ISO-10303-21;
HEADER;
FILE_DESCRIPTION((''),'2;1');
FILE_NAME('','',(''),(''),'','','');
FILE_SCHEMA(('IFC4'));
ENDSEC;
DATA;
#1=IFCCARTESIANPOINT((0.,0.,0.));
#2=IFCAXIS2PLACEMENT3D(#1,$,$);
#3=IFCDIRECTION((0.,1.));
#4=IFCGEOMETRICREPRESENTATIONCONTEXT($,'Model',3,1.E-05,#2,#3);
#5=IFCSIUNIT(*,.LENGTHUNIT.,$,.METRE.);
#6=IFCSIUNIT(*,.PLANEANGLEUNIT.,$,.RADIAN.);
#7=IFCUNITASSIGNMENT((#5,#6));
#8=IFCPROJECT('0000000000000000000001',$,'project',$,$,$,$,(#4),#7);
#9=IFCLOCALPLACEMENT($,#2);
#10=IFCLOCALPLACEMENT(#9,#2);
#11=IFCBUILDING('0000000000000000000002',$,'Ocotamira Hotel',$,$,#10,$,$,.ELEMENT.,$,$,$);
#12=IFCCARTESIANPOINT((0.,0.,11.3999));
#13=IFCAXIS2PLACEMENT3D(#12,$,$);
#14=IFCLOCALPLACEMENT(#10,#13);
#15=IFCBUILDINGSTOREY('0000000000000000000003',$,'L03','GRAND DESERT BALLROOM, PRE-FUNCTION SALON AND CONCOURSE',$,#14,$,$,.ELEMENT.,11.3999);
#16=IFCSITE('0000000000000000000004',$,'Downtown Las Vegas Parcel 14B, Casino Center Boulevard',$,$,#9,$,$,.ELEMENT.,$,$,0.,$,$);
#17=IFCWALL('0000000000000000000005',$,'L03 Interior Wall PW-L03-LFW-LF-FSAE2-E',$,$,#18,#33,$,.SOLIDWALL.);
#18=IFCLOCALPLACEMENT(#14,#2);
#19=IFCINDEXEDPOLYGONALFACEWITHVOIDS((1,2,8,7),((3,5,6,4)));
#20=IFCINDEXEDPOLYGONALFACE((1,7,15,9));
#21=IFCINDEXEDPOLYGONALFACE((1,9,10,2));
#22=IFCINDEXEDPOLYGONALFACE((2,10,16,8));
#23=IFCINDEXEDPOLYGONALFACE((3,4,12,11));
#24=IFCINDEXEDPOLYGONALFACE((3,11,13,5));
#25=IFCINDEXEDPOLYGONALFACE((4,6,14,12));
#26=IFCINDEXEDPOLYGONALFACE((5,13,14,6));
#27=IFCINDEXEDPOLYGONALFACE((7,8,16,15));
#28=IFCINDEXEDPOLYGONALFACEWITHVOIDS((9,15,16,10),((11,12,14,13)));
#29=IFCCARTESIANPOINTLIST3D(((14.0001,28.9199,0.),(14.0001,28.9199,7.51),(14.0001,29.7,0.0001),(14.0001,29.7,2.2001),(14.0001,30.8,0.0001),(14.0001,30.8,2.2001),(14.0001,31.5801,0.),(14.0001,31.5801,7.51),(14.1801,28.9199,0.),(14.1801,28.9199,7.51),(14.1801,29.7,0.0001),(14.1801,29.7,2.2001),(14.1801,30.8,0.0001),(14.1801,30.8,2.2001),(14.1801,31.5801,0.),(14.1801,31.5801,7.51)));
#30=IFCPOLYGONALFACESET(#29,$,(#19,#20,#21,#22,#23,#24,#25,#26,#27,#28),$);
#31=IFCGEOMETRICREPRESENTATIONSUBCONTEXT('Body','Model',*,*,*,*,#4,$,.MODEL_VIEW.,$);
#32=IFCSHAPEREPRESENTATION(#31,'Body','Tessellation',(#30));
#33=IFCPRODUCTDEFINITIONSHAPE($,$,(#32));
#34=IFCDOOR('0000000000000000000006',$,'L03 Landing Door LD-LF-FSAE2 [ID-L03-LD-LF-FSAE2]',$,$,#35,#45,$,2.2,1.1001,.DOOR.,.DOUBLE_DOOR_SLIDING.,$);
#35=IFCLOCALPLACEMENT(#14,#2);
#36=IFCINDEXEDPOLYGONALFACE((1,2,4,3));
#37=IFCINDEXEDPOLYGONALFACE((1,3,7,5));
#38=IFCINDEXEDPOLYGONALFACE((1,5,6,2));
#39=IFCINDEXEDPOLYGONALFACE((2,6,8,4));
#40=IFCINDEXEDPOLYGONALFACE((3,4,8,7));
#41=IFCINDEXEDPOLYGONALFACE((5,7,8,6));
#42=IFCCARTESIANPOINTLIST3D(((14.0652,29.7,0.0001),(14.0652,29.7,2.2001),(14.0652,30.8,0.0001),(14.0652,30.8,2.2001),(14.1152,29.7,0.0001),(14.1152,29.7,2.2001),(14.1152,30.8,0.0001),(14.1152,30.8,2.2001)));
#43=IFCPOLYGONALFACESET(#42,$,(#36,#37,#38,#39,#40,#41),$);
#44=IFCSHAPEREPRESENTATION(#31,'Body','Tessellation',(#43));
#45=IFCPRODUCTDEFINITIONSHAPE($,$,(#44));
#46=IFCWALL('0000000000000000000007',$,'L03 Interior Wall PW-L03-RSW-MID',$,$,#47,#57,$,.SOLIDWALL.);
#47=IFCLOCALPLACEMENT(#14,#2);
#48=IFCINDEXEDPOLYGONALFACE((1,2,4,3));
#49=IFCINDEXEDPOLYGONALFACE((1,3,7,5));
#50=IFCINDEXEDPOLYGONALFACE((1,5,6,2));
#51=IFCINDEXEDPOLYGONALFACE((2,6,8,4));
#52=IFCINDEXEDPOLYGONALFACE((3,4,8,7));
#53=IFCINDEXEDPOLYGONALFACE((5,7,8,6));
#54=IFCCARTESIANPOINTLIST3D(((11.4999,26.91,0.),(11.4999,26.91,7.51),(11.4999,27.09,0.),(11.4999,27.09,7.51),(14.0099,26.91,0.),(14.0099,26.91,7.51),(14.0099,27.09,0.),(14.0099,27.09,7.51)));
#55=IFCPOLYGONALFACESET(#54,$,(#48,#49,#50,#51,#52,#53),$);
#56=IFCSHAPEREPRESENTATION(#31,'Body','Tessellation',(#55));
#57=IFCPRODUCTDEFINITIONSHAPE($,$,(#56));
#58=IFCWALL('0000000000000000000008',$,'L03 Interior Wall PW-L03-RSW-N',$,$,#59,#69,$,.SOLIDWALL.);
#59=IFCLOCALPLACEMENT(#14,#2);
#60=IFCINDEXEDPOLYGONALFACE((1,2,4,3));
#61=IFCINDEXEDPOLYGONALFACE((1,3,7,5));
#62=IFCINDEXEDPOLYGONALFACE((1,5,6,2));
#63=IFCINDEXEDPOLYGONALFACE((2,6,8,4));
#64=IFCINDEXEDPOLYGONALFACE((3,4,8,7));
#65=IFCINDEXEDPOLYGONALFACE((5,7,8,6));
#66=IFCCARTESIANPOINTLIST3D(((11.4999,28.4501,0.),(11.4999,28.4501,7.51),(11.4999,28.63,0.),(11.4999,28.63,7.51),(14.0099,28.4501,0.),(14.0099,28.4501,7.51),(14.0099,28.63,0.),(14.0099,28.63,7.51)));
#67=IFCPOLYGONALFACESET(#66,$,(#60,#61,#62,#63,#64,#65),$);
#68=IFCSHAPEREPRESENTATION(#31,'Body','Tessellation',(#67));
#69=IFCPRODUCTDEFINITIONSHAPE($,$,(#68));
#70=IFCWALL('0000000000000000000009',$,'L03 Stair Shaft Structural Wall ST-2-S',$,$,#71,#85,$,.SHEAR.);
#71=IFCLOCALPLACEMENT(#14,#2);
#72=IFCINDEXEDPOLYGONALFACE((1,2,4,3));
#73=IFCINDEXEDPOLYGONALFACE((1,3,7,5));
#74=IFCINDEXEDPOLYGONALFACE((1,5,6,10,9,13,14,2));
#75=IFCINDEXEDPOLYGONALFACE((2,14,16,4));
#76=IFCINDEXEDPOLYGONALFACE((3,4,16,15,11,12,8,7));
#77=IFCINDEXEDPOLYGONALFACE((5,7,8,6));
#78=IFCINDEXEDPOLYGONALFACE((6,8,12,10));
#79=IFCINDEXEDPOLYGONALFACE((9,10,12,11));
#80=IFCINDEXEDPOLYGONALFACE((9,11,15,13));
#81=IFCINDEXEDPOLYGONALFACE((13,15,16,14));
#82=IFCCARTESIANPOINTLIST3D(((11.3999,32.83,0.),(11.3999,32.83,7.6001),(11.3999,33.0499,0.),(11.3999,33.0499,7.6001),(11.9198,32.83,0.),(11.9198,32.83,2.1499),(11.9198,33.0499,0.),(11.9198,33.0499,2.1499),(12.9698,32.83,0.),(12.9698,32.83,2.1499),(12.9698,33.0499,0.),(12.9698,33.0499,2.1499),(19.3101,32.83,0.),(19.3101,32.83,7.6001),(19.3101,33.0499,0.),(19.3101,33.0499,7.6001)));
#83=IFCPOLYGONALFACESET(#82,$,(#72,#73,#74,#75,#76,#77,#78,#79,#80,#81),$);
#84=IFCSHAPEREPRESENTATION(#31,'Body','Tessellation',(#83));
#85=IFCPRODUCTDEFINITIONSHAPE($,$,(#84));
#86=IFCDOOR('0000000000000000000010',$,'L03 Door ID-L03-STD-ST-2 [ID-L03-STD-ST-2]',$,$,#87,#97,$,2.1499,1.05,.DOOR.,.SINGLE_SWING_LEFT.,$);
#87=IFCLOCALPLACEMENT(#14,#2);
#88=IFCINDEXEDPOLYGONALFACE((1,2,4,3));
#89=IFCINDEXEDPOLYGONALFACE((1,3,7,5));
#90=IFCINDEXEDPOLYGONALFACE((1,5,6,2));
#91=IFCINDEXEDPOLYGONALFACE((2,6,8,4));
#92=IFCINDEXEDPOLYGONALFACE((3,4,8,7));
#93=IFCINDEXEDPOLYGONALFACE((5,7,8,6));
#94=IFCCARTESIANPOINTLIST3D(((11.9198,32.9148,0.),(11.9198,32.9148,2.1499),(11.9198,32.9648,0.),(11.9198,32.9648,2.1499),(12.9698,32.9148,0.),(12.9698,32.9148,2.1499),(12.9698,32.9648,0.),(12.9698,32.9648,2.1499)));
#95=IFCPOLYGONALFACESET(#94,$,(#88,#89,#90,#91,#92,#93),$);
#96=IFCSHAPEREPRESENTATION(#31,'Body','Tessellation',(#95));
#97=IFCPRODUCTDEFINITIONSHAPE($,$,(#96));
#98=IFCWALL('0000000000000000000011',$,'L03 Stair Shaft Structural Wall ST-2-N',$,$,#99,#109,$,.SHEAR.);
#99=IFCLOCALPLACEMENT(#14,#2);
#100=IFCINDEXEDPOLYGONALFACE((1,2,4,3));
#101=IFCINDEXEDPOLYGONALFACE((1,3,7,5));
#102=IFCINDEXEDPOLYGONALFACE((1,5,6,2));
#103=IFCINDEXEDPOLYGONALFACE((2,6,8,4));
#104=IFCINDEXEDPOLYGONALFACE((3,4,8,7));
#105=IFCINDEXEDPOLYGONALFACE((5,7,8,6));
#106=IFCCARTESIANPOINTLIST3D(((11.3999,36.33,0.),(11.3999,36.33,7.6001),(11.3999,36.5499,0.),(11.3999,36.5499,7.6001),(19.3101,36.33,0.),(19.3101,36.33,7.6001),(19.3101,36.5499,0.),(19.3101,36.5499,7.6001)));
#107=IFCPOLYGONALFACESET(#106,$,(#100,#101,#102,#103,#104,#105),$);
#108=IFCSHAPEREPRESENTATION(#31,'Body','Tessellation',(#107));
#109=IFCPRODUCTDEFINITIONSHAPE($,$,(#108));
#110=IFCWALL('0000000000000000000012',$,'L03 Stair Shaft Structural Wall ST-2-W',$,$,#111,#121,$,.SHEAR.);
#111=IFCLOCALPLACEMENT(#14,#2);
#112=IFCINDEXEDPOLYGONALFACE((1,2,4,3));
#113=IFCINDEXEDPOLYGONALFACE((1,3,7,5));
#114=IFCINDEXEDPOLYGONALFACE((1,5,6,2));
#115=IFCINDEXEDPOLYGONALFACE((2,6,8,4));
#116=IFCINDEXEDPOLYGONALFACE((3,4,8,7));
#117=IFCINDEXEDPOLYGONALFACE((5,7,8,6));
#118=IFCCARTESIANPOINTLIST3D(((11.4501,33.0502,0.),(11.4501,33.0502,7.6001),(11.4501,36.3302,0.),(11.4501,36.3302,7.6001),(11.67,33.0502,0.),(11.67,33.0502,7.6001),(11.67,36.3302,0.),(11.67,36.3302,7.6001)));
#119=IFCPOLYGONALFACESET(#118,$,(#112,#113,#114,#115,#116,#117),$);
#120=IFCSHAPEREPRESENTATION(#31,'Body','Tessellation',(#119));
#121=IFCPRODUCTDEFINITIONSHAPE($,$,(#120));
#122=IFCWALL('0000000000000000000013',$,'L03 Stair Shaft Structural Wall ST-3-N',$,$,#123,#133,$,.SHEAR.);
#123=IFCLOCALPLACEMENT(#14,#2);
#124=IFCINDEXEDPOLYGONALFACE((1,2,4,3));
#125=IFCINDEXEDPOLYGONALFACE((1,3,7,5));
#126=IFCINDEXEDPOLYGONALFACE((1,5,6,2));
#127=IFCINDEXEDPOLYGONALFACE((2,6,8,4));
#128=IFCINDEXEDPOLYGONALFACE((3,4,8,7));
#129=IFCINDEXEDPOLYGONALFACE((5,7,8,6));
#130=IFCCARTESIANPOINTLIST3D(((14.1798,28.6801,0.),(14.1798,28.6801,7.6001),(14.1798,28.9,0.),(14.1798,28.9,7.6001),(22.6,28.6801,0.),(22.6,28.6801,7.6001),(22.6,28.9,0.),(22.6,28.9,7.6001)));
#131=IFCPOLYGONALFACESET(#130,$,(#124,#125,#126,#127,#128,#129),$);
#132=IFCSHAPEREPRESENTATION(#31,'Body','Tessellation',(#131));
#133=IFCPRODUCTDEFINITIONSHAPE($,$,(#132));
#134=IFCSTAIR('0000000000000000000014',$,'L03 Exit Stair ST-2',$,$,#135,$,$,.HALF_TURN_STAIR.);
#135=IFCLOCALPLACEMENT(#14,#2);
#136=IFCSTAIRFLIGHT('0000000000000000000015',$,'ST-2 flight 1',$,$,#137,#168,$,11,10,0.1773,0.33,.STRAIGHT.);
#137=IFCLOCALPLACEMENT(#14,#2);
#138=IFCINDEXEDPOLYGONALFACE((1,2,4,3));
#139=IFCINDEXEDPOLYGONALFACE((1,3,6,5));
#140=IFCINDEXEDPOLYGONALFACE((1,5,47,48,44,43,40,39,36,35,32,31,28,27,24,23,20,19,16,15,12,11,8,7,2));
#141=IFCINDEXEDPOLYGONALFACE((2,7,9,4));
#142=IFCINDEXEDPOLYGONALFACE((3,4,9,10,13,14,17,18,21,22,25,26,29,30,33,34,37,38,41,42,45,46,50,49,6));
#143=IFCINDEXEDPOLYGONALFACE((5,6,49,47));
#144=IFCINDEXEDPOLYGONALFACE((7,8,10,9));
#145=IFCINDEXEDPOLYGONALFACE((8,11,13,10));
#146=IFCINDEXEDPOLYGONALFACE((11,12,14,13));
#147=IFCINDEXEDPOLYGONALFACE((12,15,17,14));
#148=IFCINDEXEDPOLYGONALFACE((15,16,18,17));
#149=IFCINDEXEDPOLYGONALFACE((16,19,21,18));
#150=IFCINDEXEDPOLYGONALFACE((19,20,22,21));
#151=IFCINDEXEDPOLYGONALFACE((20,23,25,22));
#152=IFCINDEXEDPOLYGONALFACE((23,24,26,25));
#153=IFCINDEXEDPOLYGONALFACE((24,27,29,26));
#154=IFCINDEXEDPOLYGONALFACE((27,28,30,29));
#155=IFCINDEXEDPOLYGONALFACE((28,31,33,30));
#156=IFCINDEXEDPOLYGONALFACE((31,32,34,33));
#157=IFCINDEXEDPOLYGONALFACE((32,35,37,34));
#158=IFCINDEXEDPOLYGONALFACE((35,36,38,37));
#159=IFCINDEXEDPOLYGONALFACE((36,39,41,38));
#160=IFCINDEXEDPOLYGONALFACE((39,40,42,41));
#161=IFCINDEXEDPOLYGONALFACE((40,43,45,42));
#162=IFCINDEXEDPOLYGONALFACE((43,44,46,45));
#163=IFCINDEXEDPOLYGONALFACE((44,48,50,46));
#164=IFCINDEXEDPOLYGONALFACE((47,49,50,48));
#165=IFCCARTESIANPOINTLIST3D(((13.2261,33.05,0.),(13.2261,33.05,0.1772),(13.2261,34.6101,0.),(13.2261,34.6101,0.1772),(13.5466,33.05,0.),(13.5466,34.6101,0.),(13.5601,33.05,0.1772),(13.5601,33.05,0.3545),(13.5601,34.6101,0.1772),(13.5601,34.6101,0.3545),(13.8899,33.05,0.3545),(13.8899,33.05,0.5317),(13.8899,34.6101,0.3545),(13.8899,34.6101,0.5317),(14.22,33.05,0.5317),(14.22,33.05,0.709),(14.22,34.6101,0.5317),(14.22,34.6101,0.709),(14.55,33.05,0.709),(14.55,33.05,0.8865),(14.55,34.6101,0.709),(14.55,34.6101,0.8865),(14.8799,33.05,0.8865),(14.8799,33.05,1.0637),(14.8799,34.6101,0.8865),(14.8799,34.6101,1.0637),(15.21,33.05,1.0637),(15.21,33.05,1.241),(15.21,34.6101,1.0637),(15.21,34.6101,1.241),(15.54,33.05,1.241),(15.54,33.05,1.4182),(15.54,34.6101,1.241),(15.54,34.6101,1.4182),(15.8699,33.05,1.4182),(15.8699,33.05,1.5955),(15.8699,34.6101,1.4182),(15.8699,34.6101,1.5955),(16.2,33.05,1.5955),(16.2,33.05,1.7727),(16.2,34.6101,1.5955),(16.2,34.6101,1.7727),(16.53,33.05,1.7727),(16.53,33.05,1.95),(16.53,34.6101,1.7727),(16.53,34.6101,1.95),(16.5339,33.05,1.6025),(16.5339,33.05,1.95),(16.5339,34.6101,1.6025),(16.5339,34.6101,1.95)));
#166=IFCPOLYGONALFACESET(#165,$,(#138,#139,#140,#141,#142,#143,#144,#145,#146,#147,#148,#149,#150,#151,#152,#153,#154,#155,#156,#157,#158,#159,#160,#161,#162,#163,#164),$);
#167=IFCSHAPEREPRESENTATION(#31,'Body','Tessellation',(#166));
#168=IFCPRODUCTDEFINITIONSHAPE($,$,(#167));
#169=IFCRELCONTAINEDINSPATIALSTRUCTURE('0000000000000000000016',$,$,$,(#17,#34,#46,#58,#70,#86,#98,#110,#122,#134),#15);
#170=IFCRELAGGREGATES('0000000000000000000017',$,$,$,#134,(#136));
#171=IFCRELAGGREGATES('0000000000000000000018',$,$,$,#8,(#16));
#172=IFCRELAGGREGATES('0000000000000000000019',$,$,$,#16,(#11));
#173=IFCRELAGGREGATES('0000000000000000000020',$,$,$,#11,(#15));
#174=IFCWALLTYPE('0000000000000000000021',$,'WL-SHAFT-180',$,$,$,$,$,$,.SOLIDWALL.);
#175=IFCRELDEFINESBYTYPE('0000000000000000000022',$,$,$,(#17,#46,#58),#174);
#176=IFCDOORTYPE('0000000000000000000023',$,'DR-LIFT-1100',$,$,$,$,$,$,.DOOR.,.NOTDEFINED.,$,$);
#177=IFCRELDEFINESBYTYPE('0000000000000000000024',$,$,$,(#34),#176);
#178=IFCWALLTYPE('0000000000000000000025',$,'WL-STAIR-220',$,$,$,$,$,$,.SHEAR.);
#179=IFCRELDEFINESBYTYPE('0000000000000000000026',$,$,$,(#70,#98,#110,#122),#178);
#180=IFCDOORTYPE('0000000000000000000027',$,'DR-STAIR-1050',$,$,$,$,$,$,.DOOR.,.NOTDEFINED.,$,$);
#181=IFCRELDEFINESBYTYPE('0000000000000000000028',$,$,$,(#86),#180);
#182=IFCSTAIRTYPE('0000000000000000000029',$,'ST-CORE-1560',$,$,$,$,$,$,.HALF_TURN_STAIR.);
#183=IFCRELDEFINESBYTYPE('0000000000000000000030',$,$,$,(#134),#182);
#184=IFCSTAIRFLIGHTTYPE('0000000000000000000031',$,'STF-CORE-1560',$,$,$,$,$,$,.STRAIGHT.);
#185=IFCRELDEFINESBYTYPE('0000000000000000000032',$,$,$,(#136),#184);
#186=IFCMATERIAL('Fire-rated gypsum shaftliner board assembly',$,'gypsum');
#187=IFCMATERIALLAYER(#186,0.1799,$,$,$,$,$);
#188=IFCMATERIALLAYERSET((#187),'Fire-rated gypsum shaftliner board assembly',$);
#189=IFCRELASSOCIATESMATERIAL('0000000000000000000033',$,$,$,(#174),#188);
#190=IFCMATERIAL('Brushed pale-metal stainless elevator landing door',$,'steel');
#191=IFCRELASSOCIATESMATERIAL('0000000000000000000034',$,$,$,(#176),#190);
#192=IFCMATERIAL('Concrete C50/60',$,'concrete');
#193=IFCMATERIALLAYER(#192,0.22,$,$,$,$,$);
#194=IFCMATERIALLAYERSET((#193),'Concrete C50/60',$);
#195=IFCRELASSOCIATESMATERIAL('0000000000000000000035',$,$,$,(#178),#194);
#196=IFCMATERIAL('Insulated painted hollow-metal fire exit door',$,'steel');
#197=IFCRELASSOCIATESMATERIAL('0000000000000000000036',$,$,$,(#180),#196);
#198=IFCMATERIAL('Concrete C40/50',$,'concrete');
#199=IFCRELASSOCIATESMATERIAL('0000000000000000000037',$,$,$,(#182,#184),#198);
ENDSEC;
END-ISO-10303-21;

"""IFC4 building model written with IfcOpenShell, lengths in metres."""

from ifc_helpers import new_model, si_unit, direction, frame, frame_2d, origin, place, context, subcontext, project, spatial, polyline, rectangle, outline, extrude, source, transform, mapped, material, layer, layer_set, type_object, element, fill, aggregate, save


model = new_model("IFC4")

# Units and contexts
model_context = context("Model", 3, precision=1e-05, world=origin(), true_north=direction((0.0, 1.0)))
body_context = subcontext(model_context, "Body", "Model", "MODEL_VIEW")
ifc_project = project(units=[si_unit("LENGTHUNIT", "METRE"), si_unit("PLANEANGLEUNIT", "RADIAN")], contexts=[model_context])

# Site, building, storey
site_placement = place(None, origin())
site = spatial("IfcSite", under=ifc_project, at=site_placement, Name="Downtown Las Vegas Parcel 14B, Casino Center Boulevard", CompositionType="ELEMENT", RefElevation=0.0)
building_placement = place(site_placement, origin())
building = spatial("IfcBuilding", under=site, at=building_placement, Name="Ocotamira Hotel", CompositionType="ELEMENT")
storey_placement = place(building_placement, frame((0.0, 0.0, 11.3999)))
storey = spatial("IfcBuildingStorey", under=building, at=storey_placement, Name="L03", Description="GRAND DESERT BALLROOM, PRE-FUNCTION SALON AND CONCOURSE", CompositionType="ELEMENT", Elevation=11.3999)

# Shared definitions
ifc_material_1 = material(Name="Concrete C50/60", Category="concrete")

# Shared definitions
ifc_material_2 = material(Name="Fire-rated gypsum shaftliner board assembly", Category="gypsum")
ifc_layer_1 = layer(ifc_material_2, 0.1799)
ifc_layer_set_1 = layer_set([ifc_layer_1], Name="Fire-rated gypsum shaftliner board assembly")
wall_type_1 = type_object("IfcWallType", Name="WL-SHAFT-180", PredefinedType="SOLIDWALL", material=ifc_layer_set_1)

# Wall, opening, door
wall_1_placement = place(storey_placement, frame((14.0901, 28.9199, 0.0), z_axis=(0.0, 0.0, 1.0), x_axis=(0.0, 1.0, 0.0)))
wall_1 = element("IfcWall", 1, at=wall_1_placement, inside=storey, type_object=wall_type_1, Name="L03 Interior Wall PW-L03-LFW-LF-FSAE2-E", PredefinedType="SOLIDWALL", context=body_context, shape_type="SweptSolid", body=[
    extrude(rectangle(XDim=2.6602, YDim=0.1799, at=frame_2d((1.3301, 0.0))), origin(), (0.0, 0.0, 1.0), 7.51),
])
opening_1_placement = place(wall_1_placement, frame((0.78, 0.0, 0.0)))
opening_1 = element("IfcOpeningElement", 2, at=opening_1_placement, cuts=wall_1, PredefinedType="OPENING", context=body_context, shape_type="SweptSolid", body=[
    extrude(rectangle(XDim=1.1001, YDim=2.2, at=frame_2d((0.55, 1.1001))), frame((0.0, 0.1001, 0.0), z_axis=(0.0, -1.0, 0.0), x_axis=(1.0, 0.0, 0.0)), (0.0, 0.0, 1.0), 0.2),
])
ifc_material_3 = material(Name="Brushed pale-metal stainless elevator landing door", Category="steel")
door_type_1 = type_object("IfcDoorType", Name="DR-LIFT-1100", OperationType="NOTDEFINED", PredefinedType="DOOR", material=ifc_material_3)
shared_shape_1 = source(origin(), body_context, "Body", "SweptSolid", [
    extrude(rectangle(XDim=1.1001, YDim=2.2, at=frame_2d((0.55, 1.1001))), frame((0.0, 0.0249, 0.0), z_axis=(0.0, -1.0, 0.0), x_axis=(1.0, 0.0, 0.0)), (0.0, 0.0, 1.0), 0.05),
])
door_1_placement = place(opening_1_placement, origin())
door_1 = element("IfcDoor", 3, at=door_1_placement, inside=storey, type_object=door_type_1, Name="L03 Landing Door LD-LF-FSAE2 [ID-L03-LD-LF-FSAE2]", OperationType="DOUBLE_DOOR_SLIDING", OverallHeight=2.2, OverallWidth=1.1001, PredefinedType="DOOR", context=body_context, shape_type="MappedRepresentation", body=[
    mapped(shared_shape_1, transform((0.0, 0.0, 0.0), scale=1.0)),
])
fill(opening_1, door_1)

# Walls
for number, where, z_axis, x_axis, name in (
    (4, (11.5, 27.0, 0.0), (0.0, 0.0, 1.0), (1.0, 0.0, 0.0), "L03 Interior Wall PW-L03-RSW-MID"),
    (5, (11.5, 28.54, 0.0), (0.0, 0.0, 1.0), (1.0, 0.0, 0.0), "L03 Interior Wall PW-L03-RSW-N"),
):
    element("IfcWall", number, at=place(storey_placement, frame(where, z_axis=z_axis, x_axis=x_axis)), inside=storey, type_object=wall_type_1, Name=name, PredefinedType="SOLIDWALL", context=body_context, shape_type="SweptSolid", body=[
        extrude(rectangle(XDim=2.51, YDim=0.1799, at=frame_2d((1.2549, 0.0))), origin(), (0.0, 0.0, 1.0), 7.51),
    ])

# Wall, opening, door
ifc_layer_2 = layer(ifc_material_1, 0.22)
ifc_layer_set_2 = layer_set([ifc_layer_2], Name="Concrete C50/60")
wall_type_2 = type_object("IfcWallType", Name="WL-STAIR-220", PredefinedType="SHEAR", material=ifc_layer_set_2)
wall_2_placement = place(storey_placement, frame((11.3999, 32.9399, 0.0), z_axis=(0.0, 0.0, 1.0), x_axis=(1.0, 0.0, 0.0)))
wall_2 = element("IfcWall", 6, at=wall_2_placement, inside=storey, type_object=wall_type_2, Name="L03 Stair Shaft Structural Wall ST-2-S", PredefinedType="SHEAR", context=body_context, shape_type="SweptSolid", body=[
    extrude(rectangle(XDim=7.9102, YDim=0.22, at=frame_2d((3.9551, 0.0))), origin(), (0.0, 0.0, 1.0), 7.6001),
])
opening_2_placement = place(wall_2_placement, frame((0.52, 0.0, 0.0)))
opening_2 = element("IfcOpeningElement", 7, at=opening_2_placement, cuts=wall_2, PredefinedType="OPENING", context=body_context, shape_type="SweptSolid", body=[
    extrude(rectangle(XDim=1.05, YDim=2.1499, at=frame_2d((0.5249, 1.075))), frame((0.0, 0.1201, 0.0), z_axis=(0.0, -1.0, 0.0), x_axis=(1.0, 0.0, 0.0)), (0.0, 0.0, 1.0), 0.24),
])
ifc_material_4 = material(Name="Insulated painted hollow-metal fire exit door", Category="steel")
door_type_2 = type_object("IfcDoorType", Name="DR-STAIR-1050", OperationType="NOTDEFINED", PredefinedType="DOOR", material=ifc_material_4)
shared_shape_2 = source(origin(), body_context, "Body", "SweptSolid", [
    extrude(rectangle(XDim=1.05, YDim=2.1499, at=frame_2d((0.5249, 1.075))), frame((0.0, 0.0249, 0.0), z_axis=(0.0, -1.0, 0.0), x_axis=(1.0, 0.0, 0.0)), (0.0, 0.0, 1.0), 0.05),
])
door_2_placement = place(opening_2_placement, origin())
door_2 = element("IfcDoor", 8, at=door_2_placement, inside=storey, type_object=door_type_2, Name="L03 Door ID-L03-STD-ST-2 [ID-L03-STD-ST-2]", OperationType="SINGLE_SWING_LEFT", OverallHeight=2.1499, OverallWidth=1.05, PredefinedType="DOOR", context=body_context, shape_type="MappedRepresentation", body=[
    mapped(shared_shape_2, transform((0.0, 0.0, 0.0), scale=1.0)),
])
fill(opening_2, door_2)

# Walls
wall_3_placement = place(storey_placement, frame((11.3999, 36.4399, 0.0), z_axis=(0.0, 0.0, 1.0), x_axis=(1.0, 0.0, 0.0)))
element("IfcWall", 9, at=wall_3_placement, inside=storey, type_object=wall_type_2, Name="L03 Stair Shaft Structural Wall ST-2-N", PredefinedType="SHEAR", context=body_context, shape_type="SweptSolid", body=[
    extrude(rectangle(XDim=7.9102, YDim=0.22, at=frame_2d((3.9551, 0.0))), origin(), (0.0, 0.0, 1.0), 7.6001),
])
wall_4_placement = place(storey_placement, frame((11.5601, 33.05, 0.0), z_axis=(0.0, 0.0, 1.0), x_axis=(0.0, 1.0, 0.0)))
element("IfcWall", 10, at=wall_4_placement, inside=storey, type_object=wall_type_2, Name="L03 Stair Shaft Structural Wall ST-2-W", PredefinedType="SHEAR", context=body_context, shape_type="SweptSolid", body=[
    extrude(rectangle(XDim=3.28, YDim=0.22, at=frame_2d((1.6401, 0.0))), origin(), (0.0, 0.0, 1.0), 7.6001),
])
wall_5_placement = place(storey_placement, frame((14.1799, 28.79, 0.0), z_axis=(0.0, 0.0, 1.0), x_axis=(1.0, 0.0, 0.0)))
element("IfcWall", 11, at=wall_5_placement, inside=storey, type_object=wall_type_2, Name="L03 Stair Shaft Structural Wall ST-3-N", PredefinedType="SHEAR", context=body_context, shape_type="SweptSolid", body=[
    extrude(rectangle(XDim=8.4202, YDim=0.22, at=frame_2d((4.21, 0.0))), origin(), (0.0, 0.0, 1.0), 7.6001),
])

# Stair, stair flight
ifc_material_5 = material(Name="Concrete C40/50", Category="concrete")
stair_type = type_object("IfcStairType", Name="ST-CORE-1560", PredefinedType="HALF_TURN_STAIR", material=ifc_material_5)
stair_1_placement = place(storey_placement, origin())
stair_1 = element("IfcStair", 12, at=stair_1_placement, inside=storey, type_object=stair_type, Name="L03 Exit Stair ST-2", PredefinedType="HALF_TURN_STAIR")
stair_flight_type = type_object("IfcStairFlightType", Name="STF-CORE-1560", PredefinedType="STRAIGHT", material=ifc_material_5)
shared_shape_3 = source(origin(), body_context, "Body", "SweptSolid", [
    extrude(outline(polyline([(-0.0039, 0.0), (-0.0039, 0.1772), (0.3301, 0.1772), (0.3301, 0.3545), (0.6599, 0.3545), (0.6599, 0.5317), (0.99, 0.5317), (0.99, 0.709), (1.3201, 0.709), (1.3201, 0.8865), (1.6499, 0.8865), (1.6499, 1.0637), (1.98, 1.0637), (1.98, 1.241), (2.3101, 1.241), (2.3101, 1.4182), (2.6399, 1.4182), (2.6399, 1.5955), (2.97, 1.5955), (2.97, 1.7727), (3.3, 1.7727), (3.3, 1.95), (3.304, 1.95), (3.304, 1.6025), (0.3167, 0.0), (-0.0039, 0.0)])), frame((0.0, 0.78, 0.0), z_axis=(0.0, -1.0, 0.0), x_axis=(1.0, 0.0, 0.0)), (0.0, 0.0, 1.0), 1.5601),
])
stair_flight_1_placement = place(storey_placement, frame((13.23, 33.8301, 0.0), z_axis=(0.0, 0.0, 1.0), x_axis=(1.0, 0.0, 0.0)))
stair_flight_1 = element("IfcStairFlight", 13, at=stair_flight_1_placement, type_object=stair_flight_type, Name="ST-2 flight 1", NumberOfRisers=11, NumberOfTreads=10, PredefinedType="STRAIGHT", RiserHeight=0.1773, TreadLength=0.33, context=body_context, shape_type="MappedRepresentation", body=[
    mapped(shared_shape_3, transform((0.0, 0.0, 0.0), scale=1.0)),
])
aggregate(stair_1, [stair_flight_1])

save(model, "model.ifc")
